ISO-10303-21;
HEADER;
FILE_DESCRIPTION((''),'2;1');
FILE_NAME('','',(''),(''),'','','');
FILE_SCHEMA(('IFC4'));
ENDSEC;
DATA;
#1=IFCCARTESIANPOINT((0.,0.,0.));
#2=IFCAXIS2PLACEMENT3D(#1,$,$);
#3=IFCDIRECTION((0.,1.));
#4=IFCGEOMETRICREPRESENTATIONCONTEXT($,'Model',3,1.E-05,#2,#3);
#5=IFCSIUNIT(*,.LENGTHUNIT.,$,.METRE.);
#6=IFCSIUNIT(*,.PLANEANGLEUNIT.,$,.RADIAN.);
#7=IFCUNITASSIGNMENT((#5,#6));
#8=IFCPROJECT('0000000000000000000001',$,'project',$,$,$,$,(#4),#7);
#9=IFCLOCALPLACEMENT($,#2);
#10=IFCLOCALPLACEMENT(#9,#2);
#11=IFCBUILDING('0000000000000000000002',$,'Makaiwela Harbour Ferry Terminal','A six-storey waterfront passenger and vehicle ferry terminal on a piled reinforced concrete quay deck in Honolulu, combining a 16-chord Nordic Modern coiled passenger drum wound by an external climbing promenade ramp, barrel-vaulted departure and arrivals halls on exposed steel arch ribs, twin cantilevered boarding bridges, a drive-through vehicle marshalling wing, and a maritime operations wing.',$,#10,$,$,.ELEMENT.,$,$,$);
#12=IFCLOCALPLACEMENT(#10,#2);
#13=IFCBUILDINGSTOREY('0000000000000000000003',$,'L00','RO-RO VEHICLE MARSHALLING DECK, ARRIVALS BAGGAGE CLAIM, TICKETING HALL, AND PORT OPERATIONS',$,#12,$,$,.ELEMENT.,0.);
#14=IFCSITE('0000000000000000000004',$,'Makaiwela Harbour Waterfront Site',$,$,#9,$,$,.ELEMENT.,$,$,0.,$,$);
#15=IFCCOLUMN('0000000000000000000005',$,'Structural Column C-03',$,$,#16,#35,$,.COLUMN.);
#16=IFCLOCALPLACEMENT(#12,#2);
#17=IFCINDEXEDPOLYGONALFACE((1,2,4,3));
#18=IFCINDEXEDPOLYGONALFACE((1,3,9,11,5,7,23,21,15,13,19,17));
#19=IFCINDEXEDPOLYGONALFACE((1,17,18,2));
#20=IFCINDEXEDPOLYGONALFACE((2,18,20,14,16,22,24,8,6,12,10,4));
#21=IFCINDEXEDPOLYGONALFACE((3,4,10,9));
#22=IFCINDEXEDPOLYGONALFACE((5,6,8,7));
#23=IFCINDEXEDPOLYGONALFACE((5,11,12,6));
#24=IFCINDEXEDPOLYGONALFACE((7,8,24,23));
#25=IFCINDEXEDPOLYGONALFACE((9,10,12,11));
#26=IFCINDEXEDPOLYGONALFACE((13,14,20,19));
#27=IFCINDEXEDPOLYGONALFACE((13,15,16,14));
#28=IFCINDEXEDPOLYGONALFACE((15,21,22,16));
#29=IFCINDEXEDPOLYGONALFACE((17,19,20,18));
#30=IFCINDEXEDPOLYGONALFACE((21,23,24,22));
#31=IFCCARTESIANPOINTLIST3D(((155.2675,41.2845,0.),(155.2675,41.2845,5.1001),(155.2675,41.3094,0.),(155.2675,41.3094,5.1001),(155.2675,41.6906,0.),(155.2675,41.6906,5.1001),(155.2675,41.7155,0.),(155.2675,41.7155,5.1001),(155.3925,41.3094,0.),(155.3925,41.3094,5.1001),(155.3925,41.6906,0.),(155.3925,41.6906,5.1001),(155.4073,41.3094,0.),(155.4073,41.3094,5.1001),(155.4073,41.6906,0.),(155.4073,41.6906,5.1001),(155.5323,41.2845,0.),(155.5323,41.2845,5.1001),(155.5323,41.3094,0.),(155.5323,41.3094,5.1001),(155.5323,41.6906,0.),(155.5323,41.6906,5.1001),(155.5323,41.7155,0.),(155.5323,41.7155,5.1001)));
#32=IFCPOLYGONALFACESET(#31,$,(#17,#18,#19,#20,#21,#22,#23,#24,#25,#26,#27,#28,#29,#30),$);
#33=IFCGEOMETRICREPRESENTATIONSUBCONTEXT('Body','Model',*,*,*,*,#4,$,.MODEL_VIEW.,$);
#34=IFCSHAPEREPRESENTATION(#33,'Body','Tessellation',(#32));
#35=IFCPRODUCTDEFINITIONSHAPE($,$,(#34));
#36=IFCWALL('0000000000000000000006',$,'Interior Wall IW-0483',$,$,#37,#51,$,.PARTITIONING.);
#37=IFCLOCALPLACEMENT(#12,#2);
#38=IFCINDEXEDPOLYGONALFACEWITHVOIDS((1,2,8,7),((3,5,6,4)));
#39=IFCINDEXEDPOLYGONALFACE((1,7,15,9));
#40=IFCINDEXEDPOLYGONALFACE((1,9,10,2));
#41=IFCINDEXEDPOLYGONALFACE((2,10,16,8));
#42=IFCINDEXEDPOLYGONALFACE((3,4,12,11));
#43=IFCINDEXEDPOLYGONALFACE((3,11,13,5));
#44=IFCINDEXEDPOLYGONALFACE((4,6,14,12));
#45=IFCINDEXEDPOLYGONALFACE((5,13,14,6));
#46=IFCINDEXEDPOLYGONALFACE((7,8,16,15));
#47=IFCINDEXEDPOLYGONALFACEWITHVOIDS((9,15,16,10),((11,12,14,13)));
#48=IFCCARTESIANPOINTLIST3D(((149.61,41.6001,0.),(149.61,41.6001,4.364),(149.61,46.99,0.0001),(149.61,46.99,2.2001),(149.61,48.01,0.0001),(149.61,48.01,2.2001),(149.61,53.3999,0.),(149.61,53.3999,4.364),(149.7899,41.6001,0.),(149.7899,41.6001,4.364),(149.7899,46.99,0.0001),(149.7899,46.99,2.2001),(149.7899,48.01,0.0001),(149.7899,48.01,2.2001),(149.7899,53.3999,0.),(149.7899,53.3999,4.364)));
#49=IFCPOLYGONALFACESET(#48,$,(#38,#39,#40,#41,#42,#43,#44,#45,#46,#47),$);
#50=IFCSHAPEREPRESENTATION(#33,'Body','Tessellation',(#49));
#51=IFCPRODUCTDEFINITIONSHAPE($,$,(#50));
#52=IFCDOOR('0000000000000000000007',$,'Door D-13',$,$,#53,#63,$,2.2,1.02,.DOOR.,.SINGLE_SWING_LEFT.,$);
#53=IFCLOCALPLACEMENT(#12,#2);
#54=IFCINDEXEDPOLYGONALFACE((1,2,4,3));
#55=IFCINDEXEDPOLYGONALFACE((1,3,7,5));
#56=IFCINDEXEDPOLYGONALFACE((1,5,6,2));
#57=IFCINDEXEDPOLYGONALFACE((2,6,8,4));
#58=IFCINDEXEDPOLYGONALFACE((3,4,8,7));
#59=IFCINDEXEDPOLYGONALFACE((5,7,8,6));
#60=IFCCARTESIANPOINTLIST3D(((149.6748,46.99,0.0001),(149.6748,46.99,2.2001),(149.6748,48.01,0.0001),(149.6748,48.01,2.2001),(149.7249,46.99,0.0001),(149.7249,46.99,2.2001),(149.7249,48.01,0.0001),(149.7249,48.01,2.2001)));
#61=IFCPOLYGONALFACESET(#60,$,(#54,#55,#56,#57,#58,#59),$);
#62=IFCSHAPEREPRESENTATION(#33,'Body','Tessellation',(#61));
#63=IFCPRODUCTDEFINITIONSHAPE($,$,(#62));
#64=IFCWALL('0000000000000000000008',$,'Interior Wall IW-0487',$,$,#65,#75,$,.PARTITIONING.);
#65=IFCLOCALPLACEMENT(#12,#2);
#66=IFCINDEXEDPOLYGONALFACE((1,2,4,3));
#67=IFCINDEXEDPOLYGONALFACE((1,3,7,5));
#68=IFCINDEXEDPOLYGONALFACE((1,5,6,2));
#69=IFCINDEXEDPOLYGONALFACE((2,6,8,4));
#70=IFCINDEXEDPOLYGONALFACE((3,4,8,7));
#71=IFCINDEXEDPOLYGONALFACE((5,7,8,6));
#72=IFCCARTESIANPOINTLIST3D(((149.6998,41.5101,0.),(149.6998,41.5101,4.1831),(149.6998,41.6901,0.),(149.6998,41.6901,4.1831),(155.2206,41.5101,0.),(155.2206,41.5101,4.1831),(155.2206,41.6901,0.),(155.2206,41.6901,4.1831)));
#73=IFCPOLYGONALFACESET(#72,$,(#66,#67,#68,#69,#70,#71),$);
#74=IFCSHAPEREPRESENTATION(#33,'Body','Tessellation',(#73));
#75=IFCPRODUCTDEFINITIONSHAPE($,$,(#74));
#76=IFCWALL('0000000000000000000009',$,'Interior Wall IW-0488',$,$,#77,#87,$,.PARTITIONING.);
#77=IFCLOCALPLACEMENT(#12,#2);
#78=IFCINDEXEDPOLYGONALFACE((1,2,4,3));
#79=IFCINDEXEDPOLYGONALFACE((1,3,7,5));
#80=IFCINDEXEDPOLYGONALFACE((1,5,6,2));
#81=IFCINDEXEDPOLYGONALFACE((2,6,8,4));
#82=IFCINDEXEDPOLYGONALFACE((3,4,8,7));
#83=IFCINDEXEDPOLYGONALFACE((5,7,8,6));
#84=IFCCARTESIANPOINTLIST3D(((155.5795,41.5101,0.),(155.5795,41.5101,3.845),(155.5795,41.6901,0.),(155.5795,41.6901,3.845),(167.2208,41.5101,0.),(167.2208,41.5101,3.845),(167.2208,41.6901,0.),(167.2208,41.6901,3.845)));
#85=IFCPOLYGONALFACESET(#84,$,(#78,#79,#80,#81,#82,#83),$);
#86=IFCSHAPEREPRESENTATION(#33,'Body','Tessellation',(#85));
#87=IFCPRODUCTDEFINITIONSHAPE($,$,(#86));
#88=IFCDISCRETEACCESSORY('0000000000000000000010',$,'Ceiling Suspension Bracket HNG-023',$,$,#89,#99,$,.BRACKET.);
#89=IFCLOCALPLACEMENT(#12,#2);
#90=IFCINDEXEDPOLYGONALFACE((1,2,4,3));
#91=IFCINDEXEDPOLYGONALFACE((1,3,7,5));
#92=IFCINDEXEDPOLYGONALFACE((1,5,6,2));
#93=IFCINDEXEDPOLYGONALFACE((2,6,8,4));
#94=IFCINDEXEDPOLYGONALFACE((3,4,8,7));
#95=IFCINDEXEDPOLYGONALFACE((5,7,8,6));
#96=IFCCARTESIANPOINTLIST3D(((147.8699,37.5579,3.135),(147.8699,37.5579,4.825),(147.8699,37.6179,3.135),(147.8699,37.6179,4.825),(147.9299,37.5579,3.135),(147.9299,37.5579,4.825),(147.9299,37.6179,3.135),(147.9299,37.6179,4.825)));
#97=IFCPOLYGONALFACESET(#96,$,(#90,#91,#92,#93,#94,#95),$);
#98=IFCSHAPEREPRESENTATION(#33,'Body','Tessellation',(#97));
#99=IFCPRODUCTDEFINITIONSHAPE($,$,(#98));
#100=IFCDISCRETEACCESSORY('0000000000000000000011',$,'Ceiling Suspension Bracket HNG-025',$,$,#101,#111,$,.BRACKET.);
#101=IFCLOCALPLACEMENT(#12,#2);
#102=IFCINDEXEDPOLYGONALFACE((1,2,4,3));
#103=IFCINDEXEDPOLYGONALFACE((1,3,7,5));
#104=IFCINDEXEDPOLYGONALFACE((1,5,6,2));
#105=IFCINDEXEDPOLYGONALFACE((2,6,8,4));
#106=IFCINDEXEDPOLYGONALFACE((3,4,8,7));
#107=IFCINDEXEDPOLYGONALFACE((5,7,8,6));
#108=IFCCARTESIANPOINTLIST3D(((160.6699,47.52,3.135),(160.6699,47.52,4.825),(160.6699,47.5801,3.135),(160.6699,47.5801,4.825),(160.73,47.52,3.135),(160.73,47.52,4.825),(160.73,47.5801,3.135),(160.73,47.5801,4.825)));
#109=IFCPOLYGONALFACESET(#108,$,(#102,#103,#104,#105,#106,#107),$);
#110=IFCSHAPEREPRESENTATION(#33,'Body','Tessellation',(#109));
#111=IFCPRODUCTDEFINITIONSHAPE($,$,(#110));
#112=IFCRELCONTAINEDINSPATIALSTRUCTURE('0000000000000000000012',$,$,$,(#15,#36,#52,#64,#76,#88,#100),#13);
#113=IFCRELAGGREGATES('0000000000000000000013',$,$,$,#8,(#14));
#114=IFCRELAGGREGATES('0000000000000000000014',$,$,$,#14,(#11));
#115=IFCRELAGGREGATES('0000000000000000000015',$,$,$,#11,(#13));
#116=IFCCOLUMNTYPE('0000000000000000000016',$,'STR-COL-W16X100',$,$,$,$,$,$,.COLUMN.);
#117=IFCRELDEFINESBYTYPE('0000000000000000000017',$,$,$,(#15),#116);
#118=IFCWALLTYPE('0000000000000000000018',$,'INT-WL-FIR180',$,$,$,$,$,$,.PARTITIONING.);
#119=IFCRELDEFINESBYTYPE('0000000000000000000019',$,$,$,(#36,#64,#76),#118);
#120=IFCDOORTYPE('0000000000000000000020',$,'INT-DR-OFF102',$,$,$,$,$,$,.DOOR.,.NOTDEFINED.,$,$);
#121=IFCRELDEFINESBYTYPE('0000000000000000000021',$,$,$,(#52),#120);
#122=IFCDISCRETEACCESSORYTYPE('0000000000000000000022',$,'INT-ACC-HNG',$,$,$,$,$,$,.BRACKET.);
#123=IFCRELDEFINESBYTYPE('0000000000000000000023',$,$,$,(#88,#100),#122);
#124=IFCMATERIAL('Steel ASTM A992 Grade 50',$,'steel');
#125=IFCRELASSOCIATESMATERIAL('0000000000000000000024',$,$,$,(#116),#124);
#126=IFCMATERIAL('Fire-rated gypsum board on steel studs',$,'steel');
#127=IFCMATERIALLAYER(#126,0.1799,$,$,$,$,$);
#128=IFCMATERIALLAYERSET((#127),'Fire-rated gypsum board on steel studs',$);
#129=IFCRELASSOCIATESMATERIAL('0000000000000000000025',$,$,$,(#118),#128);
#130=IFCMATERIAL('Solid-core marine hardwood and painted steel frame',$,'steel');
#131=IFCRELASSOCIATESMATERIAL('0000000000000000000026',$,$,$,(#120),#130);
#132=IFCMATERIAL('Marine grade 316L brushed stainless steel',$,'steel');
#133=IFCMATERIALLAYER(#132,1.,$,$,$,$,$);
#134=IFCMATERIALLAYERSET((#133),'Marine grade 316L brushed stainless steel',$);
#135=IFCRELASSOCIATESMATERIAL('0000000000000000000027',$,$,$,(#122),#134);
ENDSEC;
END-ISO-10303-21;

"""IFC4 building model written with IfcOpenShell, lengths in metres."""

from ifc_helpers import new_model, si_unit, direction, frame, frame_2d, origin, origin_2d, place, context, subcontext, project, spatial, rectangle, i_section, extrude, material, layer, layer_set, material_profile, profile_set, type_object, element, fill, save


model = new_model("IFC4")

# Units and contexts
model_context = context("Model", 3, precision=1e-05, world=origin(), true_north=direction((0.0, 1.0)))
body_context = subcontext(model_context, "Body", "Model", "MODEL_VIEW")
ifc_project = project(units=[si_unit("LENGTHUNIT", "METRE"), si_unit("PLANEANGLEUNIT", "RADIAN")], contexts=[model_context])

# Site, building, storey
site_placement = place(None, origin())
site = spatial("IfcSite", under=ifc_project, at=site_placement, Name="Makaiwela Harbour Waterfront Site", CompositionType="ELEMENT", RefElevation=0.0)
building_placement = place(site_placement, origin())
building = spatial("IfcBuilding", under=site, at=building_placement, Name="Makaiwela Harbour Ferry Terminal", Description="A six-storey waterfront passenger and vehicle ferry terminal on a piled reinforced concrete quay deck in Honolulu, combining a 16-chord Nordic Modern coiled passenger drum wound by an external climbing promenade ramp, barrel-vaulted departure and arrivals halls on exposed steel arch ribs, twin cantilevered boarding bridges, a drive-through vehicle marshalling wing, and a maritime operations wing.", CompositionType="ELEMENT")
storey_placement = place(building_placement, origin())
storey = spatial("IfcBuildingStorey", under=building, at=storey_placement, Name="L00", Description="RO-RO VEHICLE MARSHALLING DECK, ARRIVALS BAGGAGE CLAIM, TICKETING HALL, AND PORT OPERATIONS", CompositionType="ELEMENT", Elevation=0.0)

# Column
ifc_material_1 = material(Name="Steel ASTM A992 Grade 50", Category="steel")
ifc_material_profile_1 = material_profile(ifc_material_1, i_section(OverallWidth=0.2649, OverallDepth=0.4309, WebThickness=0.0149, FlangeThickness=0.0249, at=origin_2d()), Name="W16X100")
ifc_profile_set_1 = profile_set([ifc_material_profile_1], Name="Steel ASTM A992 Grade 50")
column_type = type_object("IfcColumnType", Name="STR-COL-W16X100", PredefinedType="COLUMN", material=ifc_profile_set_1)
for number, where, z_axis, x_axis, name in (
    (1, (155.3999, 41.5, 0.0), (0.0, 0.0, 1.0), (1.0, 0.0, 0.0), "Structural Column C-03"),
):
    element("IfcColumn", number, at=place(storey_placement, frame(where, z_axis=z_axis, x_axis=x_axis)), inside=storey, type_object=column_type, Name=name, PredefinedType="COLUMN", context=body_context, shape_type="SweptSolid", body=[
        extrude(i_section(OverallWidth=0.2649, OverallDepth=0.4309, WebThickness=0.0149, FlangeThickness=0.0249, at=origin_2d()), origin(), (0.0, 0.0, 1.0), 5.1001),
    ])

# Wall, opening, door
ifc_material_2 = material(Name="Fire-rated gypsum board on steel studs", Category="steel")
ifc_layer_1 = layer(ifc_material_2, 0.1799)
ifc_layer_set_1 = layer_set([ifc_layer_1], Name="Fire-rated gypsum board on steel studs")
wall_type = type_object("IfcWallType", Name="INT-WL-FIR180", PredefinedType="PARTITIONING", material=ifc_layer_set_1)
wall_1_placement = place(storey_placement, frame((149.7, 41.6001, 0.0), z_axis=(0.0, 0.0, 1.0), x_axis=(0.0, 1.0, 0.0)))
wall_1 = element("IfcWall", 2, at=wall_1_placement, inside=storey, type_object=wall_type, Name="Interior Wall IW-0483", PredefinedType="PARTITIONING", context=body_context, shape_type="SweptSolid", body=[
    extrude(rectangle(XDim=11.7998, YDim=0.1799, at=frame_2d((5.8999, 0.0))), origin(), (0.0, 0.0, 1.0), 4.364),
])
opening_placement = place(wall_1_placement, frame((5.3899, 0.0, 0.0)))
opening = element("IfcOpeningElement", 3, at=opening_placement, cuts=wall_1, PredefinedType="OPENING", context=body_context, shape_type="SweptSolid", body=[
    extrude(rectangle(XDim=1.02, YDim=2.2, at=frame_2d((0.51, 1.1001))), frame((0.0, 0.0999, 0.0), z_axis=(0.0, -1.0, 0.0), x_axis=(1.0, 0.0, 0.0)), (0.0, 0.0, 1.0), 0.2),
])
ifc_material_3 = material(Name="Solid-core marine hardwood and painted steel frame", Category="steel")
door_type = type_object("IfcDoorType", Name="INT-DR-OFF102", OperationType="NOTDEFINED", PredefinedType="DOOR", material=ifc_material_3)
door_placement = place(opening_placement, frame((1.02, 0.0, 0.0), z_axis=(0.0, 0.0, 1.0), x_axis=(-1.0, 0.0, 0.0)))
door = element("IfcDoor", 4, at=door_placement, inside=storey, type_object=door_type, Name="Door D-13", OperationType="SINGLE_SWING_LEFT", OverallHeight=2.2, OverallWidth=1.02, PredefinedType="DOOR", context=body_context, shape_type="SweptSolid", body=[
    extrude(rectangle(XDim=1.02, YDim=2.2, at=frame_2d((0.51, 1.1001))), frame((0.0, 0.0249, 0.0), z_axis=(0.0, -1.0, 0.0), x_axis=(1.0, 0.0, 0.0)), (0.0, 0.0, 1.0), 0.05),
])
fill(opening, door)

# Walls
wall_2_placement = place(storey_placement, frame((149.7, 41.6001, 0.0), z_axis=(0.0, 0.0, 1.0), x_axis=(1.0, 0.0, 0.0)))
element("IfcWall", 5, at=wall_2_placement, inside=storey, type_object=wall_type, Name="Interior Wall IW-0487", PredefinedType="PARTITIONING", context=body_context, shape_type="SweptSolid", body=[
    extrude(rectangle(XDim=5.5208, YDim=0.1799, at=frame_2d((2.7603, 0.0))), origin(), (0.0, 0.0, 1.0), 4.1831),
])
wall_3_placement = place(storey_placement, frame((155.5793, 41.6001, 0.0), z_axis=(0.0, 0.0, 1.0), x_axis=(1.0, 0.0, 0.0)))
element("IfcWall", 6, at=wall_3_placement, inside=storey, type_object=wall_type, Name="Interior Wall IW-0488", PredefinedType="PARTITIONING", context=body_context, shape_type="SweptSolid", body=[
    extrude(rectangle(XDim=11.6414, YDim=0.1799, at=frame_2d((5.8208, 0.0))), origin(), (0.0, 0.0, 1.0), 3.845),
])

# Discrete accessories
ifc_material_4 = material(Name="Marine grade 316L brushed stainless steel", Category="steel")
ifc_layer_2 = layer(ifc_material_4, 1.0)
ifc_layer_set_2 = layer_set([ifc_layer_2], Name="Marine grade 316L brushed stainless steel")
discrete_accessory_type = type_object("IfcDiscreteAccessoryType", Name="INT-ACC-HNG", PredefinedType="BRACKET", material=ifc_layer_set_2)
for number, where, z_axis, x_axis, name in (
    (7, (147.8999, 37.5879, 3.135), (0.0, 0.0, 1.0), (1.0, 0.0, 0.0), "Ceiling Suspension Bracket HNG-023"),
    (8, (160.7, 47.55, 3.135), (0.0, 0.0, 1.0), (1.0, 0.0, 0.0), "Ceiling Suspension Bracket HNG-025"),
):
    element("IfcDiscreteAccessory", number, at=place(storey_placement, frame(where, z_axis=z_axis, x_axis=x_axis)), inside=storey, type_object=discrete_accessory_type, Name=name, PredefinedType="BRACKET", context=body_context, shape_type="SweptSolid", body=[
        extrude(rectangle(XDim=0.0601, YDim=0.0601, at=origin_2d()), origin(), (0.0, 0.0, 1.0), 1.6899),
    ])

save(model, "model.ifc")
